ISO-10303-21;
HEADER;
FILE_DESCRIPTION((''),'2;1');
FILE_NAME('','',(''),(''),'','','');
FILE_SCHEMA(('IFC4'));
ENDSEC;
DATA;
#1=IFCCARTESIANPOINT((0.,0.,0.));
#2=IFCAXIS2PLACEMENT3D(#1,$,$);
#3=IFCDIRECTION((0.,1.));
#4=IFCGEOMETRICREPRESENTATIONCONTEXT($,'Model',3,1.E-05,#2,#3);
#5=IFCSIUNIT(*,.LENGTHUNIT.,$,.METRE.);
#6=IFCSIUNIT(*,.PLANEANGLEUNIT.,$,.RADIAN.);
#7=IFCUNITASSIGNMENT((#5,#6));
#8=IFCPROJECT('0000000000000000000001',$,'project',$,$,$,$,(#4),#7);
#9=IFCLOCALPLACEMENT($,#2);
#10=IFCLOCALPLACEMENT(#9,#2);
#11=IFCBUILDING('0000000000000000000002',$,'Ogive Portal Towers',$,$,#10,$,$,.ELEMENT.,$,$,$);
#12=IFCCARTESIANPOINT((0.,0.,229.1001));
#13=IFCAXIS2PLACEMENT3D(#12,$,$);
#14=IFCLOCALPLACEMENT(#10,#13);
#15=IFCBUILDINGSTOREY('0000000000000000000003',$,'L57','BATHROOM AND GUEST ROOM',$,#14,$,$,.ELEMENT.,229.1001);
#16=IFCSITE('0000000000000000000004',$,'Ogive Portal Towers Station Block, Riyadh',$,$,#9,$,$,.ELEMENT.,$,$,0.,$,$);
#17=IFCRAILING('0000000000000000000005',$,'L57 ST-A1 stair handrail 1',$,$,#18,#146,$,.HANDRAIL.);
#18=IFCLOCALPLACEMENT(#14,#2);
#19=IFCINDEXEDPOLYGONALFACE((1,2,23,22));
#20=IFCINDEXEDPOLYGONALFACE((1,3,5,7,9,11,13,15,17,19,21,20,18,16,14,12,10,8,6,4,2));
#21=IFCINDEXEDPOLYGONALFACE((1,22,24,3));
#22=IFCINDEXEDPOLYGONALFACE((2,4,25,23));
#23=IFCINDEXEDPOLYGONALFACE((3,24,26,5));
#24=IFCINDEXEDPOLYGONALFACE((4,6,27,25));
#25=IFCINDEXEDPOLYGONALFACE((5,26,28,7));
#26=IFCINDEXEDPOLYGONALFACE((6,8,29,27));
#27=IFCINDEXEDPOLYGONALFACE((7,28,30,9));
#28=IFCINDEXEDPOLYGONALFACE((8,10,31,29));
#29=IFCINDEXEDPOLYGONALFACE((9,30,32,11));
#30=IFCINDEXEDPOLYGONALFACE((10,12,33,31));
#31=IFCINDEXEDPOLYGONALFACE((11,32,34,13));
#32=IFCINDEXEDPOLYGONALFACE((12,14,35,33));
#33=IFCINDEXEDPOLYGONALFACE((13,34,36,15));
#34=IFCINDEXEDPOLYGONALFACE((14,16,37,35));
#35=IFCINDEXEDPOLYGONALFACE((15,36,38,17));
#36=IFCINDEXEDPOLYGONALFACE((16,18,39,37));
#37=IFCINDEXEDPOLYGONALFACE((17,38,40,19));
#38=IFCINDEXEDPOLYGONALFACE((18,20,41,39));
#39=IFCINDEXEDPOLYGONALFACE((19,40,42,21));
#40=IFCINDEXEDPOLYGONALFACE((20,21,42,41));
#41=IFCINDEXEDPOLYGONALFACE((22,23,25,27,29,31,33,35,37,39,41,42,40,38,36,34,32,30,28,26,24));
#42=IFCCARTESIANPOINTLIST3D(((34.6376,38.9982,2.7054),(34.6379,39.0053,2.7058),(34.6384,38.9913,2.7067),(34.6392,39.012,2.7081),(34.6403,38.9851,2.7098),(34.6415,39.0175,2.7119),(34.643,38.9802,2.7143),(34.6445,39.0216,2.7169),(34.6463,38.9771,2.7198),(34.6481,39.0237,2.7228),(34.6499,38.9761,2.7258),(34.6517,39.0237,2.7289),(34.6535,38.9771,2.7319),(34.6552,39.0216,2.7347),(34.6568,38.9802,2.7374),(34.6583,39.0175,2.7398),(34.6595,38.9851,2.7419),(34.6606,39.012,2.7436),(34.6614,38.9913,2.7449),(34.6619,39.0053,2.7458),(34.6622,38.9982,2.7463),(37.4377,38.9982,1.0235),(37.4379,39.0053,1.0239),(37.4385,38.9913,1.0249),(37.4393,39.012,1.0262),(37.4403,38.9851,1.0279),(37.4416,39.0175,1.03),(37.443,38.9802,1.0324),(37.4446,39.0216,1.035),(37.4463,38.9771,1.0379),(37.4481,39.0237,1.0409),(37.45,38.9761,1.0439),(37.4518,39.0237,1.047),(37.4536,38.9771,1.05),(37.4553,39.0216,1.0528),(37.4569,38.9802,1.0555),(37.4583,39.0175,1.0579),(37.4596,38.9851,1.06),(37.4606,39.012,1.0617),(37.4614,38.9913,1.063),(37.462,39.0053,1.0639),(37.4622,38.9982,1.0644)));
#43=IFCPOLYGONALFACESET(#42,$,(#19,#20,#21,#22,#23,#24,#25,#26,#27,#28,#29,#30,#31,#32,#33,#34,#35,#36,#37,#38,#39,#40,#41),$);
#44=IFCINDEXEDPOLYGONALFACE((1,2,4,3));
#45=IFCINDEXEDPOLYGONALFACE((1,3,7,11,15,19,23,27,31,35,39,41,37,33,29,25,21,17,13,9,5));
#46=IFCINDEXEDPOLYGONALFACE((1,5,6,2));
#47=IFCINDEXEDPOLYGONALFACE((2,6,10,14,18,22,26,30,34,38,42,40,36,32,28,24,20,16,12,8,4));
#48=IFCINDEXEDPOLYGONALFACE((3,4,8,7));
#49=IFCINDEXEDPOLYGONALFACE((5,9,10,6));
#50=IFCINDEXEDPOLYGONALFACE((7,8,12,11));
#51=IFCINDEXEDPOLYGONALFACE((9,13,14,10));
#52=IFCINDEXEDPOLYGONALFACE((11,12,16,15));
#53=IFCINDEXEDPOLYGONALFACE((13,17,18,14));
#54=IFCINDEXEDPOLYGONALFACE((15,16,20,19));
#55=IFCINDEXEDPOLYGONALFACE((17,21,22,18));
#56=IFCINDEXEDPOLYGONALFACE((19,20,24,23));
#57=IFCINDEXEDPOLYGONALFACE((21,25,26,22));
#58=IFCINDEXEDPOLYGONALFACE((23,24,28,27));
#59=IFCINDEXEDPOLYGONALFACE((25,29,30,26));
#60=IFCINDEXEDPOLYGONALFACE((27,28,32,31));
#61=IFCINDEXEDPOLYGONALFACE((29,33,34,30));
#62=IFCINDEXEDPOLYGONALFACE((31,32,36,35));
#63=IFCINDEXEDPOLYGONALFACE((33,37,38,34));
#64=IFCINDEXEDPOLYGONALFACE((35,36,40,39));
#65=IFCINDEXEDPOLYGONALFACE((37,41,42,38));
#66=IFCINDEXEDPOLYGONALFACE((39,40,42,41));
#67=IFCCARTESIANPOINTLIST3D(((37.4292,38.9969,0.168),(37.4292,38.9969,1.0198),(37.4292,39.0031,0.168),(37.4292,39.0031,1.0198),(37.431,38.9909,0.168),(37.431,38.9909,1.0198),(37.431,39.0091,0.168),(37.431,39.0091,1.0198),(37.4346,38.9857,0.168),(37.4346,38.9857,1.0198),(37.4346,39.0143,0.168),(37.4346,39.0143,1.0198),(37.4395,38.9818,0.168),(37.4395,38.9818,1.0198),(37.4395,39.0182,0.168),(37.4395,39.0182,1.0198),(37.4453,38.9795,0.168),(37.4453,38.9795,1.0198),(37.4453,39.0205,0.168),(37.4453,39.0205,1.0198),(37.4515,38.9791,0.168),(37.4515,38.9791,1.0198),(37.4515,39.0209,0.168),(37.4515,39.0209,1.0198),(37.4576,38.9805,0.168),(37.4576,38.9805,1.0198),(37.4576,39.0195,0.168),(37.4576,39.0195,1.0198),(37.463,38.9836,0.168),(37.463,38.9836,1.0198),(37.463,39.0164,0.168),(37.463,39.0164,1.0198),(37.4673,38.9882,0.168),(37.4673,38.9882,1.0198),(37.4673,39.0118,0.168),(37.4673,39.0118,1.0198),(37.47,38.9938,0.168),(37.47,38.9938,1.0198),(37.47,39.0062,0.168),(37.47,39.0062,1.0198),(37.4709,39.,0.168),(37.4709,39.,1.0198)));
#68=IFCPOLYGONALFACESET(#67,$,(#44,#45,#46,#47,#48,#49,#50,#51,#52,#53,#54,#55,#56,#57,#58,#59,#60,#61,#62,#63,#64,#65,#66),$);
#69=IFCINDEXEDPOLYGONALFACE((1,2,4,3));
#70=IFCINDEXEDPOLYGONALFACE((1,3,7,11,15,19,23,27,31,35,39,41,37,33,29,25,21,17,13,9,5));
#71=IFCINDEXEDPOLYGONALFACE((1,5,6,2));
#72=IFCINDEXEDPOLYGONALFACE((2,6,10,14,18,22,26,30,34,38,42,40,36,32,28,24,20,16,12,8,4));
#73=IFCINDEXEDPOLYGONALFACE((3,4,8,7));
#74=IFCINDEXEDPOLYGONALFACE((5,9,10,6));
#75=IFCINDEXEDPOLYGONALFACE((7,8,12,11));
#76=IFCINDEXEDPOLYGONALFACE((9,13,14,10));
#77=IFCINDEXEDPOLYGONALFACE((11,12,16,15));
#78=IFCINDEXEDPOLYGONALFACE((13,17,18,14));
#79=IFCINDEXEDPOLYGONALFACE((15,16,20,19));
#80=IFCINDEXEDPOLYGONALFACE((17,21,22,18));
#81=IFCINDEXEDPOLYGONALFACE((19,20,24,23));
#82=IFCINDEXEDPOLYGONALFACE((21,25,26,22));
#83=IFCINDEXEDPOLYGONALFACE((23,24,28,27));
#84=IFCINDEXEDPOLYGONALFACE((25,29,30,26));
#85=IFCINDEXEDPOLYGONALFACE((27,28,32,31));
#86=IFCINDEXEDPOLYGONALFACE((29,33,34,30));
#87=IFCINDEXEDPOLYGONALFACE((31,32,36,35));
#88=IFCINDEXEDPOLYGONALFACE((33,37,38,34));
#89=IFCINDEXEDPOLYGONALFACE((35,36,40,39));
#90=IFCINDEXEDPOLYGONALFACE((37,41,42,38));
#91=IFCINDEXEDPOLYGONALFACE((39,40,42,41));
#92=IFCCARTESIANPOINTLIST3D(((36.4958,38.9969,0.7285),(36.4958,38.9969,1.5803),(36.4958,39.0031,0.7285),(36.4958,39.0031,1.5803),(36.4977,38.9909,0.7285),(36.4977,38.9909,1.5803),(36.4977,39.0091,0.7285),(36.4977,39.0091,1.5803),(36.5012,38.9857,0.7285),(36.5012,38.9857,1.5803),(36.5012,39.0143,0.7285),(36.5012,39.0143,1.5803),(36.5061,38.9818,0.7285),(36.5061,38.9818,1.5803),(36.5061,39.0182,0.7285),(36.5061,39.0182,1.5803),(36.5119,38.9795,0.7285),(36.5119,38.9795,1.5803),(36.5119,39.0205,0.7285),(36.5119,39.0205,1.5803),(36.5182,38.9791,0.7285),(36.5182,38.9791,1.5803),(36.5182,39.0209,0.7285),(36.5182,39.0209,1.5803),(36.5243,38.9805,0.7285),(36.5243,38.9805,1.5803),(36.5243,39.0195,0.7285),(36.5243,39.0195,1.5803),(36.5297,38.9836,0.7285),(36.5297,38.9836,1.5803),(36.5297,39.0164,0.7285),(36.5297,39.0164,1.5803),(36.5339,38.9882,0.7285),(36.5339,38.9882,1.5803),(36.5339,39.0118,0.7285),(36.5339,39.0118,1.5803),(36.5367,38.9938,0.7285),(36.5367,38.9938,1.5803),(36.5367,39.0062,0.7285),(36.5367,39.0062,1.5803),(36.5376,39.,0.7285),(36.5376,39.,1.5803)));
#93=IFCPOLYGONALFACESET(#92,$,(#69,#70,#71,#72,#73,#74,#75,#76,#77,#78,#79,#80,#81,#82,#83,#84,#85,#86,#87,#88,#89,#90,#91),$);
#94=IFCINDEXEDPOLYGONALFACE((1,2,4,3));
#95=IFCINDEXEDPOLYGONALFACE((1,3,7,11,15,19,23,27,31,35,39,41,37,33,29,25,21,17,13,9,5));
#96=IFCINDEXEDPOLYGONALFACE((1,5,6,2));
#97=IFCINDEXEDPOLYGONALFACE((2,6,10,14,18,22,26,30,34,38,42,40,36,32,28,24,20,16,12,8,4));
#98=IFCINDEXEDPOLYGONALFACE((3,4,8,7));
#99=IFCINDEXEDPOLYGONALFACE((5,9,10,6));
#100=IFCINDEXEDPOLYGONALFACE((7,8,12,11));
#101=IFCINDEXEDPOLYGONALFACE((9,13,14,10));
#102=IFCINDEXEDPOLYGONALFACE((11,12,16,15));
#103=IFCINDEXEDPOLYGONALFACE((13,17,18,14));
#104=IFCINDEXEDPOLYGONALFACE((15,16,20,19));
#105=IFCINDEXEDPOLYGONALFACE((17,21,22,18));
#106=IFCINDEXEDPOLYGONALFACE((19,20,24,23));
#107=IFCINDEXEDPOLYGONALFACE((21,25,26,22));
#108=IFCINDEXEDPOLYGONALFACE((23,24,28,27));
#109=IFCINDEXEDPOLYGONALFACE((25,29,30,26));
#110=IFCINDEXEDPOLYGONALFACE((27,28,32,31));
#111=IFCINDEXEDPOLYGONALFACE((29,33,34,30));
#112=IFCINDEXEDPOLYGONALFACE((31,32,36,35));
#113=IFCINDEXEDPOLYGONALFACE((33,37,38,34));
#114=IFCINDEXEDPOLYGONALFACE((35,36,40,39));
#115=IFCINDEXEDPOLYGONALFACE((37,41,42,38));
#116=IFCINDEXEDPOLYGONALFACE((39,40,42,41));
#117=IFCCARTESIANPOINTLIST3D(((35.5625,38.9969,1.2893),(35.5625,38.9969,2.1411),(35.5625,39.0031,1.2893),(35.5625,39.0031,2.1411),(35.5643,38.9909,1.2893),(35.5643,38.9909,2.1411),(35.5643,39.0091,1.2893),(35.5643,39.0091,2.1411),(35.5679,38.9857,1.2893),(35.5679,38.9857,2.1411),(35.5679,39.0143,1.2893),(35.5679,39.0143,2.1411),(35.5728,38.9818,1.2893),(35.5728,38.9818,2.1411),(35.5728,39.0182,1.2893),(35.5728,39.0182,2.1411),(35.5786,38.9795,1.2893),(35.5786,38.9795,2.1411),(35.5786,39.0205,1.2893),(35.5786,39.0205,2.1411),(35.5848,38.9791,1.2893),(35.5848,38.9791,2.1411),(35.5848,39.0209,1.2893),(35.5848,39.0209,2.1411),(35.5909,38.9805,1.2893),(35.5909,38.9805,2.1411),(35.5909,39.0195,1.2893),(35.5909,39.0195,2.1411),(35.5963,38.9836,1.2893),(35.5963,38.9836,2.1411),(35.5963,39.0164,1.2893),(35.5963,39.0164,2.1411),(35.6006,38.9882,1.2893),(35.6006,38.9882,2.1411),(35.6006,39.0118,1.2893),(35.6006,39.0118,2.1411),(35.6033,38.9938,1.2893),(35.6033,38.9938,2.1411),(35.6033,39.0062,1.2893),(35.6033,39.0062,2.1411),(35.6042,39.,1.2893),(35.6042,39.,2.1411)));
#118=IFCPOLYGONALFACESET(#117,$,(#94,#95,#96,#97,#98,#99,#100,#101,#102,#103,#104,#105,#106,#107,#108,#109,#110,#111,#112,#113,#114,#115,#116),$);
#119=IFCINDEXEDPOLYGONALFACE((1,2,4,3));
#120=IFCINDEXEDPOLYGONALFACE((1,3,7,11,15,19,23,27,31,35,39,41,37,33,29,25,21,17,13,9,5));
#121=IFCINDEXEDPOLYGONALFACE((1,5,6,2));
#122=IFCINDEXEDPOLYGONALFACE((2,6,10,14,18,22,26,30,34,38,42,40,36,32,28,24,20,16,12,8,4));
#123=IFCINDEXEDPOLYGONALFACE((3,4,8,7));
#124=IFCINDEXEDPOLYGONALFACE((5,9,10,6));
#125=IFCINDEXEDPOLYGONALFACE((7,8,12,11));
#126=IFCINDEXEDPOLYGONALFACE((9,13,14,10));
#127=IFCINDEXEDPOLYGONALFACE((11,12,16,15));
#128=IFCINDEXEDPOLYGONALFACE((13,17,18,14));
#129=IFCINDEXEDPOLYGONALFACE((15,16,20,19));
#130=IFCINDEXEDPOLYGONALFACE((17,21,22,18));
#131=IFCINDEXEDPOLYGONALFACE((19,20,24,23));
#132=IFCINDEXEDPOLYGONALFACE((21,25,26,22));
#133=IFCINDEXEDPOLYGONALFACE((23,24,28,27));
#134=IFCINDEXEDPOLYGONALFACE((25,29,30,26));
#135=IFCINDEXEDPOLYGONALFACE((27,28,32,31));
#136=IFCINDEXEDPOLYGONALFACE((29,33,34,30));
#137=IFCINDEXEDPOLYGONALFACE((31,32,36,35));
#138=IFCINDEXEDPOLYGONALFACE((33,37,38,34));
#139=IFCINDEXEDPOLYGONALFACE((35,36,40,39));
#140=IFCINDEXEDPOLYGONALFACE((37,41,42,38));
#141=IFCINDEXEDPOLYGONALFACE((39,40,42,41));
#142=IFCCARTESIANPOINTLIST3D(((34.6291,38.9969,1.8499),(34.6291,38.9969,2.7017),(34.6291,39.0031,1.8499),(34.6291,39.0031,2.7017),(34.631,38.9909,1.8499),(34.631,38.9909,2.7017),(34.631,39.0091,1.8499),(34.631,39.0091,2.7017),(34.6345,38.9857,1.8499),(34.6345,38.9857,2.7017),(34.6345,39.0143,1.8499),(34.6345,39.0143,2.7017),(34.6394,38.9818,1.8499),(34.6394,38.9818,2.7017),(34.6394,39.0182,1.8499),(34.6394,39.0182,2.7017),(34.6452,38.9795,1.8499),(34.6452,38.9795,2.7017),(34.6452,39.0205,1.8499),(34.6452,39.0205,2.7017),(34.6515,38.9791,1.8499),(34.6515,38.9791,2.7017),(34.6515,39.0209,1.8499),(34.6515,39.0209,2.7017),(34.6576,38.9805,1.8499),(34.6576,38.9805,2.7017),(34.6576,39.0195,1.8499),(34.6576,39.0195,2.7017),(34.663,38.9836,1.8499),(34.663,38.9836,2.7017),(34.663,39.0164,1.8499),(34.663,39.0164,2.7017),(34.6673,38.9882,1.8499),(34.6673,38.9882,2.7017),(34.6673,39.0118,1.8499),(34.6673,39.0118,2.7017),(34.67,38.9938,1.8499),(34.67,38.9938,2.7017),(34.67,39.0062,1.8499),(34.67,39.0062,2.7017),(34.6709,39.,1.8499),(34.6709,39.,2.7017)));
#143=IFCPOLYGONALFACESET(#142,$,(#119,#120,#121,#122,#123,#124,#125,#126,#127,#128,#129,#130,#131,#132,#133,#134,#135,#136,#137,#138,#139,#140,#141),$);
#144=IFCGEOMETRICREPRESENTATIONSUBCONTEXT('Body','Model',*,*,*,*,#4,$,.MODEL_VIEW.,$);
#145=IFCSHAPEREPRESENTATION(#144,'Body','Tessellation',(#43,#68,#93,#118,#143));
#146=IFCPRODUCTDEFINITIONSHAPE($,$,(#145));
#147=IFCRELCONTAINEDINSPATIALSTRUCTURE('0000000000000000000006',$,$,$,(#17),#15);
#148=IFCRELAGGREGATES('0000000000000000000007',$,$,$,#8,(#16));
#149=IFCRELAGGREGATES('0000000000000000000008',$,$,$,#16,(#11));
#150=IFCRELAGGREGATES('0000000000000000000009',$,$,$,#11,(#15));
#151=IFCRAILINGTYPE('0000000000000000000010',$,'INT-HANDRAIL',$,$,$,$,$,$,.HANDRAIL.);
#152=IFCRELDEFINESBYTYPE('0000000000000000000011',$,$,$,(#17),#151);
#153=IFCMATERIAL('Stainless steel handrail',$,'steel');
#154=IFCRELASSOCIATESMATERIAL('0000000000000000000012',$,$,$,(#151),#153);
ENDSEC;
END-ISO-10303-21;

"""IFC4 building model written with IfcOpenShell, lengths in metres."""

from ifc_helpers import new_model, si_unit, direction, frame, origin, origin_2d, place, context, subcontext, project, spatial, circle, extrude, material, type_object, element, save


model = new_model("IFC4")

# Units and contexts
model_context = context("Model", 3, precision=1e-05, world=origin(), true_north=direction((0.0, 1.0)))
body_context = subcontext(model_context, "Body", "Model", "MODEL_VIEW")
ifc_project = project(units=[si_unit("LENGTHUNIT", "METRE"), si_unit("PLANEANGLEUNIT", "RADIAN")], contexts=[model_context])

# Site, building, storey
site_placement = place(None, origin())
site = spatial("IfcSite", under=ifc_project, at=site_placement, Name="Ogive Portal Towers Station Block, Riyadh", CompositionType="ELEMENT", RefElevation=0.0)
building_placement = place(site_placement, origin())
building = spatial("IfcBuilding", under=site, at=building_placement, Name="Ogive Portal Towers", CompositionType="ELEMENT")
storey_placement = place(building_placement, frame((0.0, 0.0, 229.1001)))
storey = spatial("IfcBuildingStorey", under=building, at=storey_placement, Name="L57", Description="BATHROOM AND GUEST ROOM", CompositionType="ELEMENT", Elevation=229.1001)

# Railing
ifc_material_1 = material(Name="Stainless steel handrail", Category="steel")
railing_type_1 = type_object("IfcRailingType", Name="INT-HANDRAIL", PredefinedType="HANDRAIL", material=ifc_material_1)
railing_1_placement = place(storey_placement, frame((37.45, 39.0, 0.168)))
element("IfcRailing", 1, at=railing_1_placement, inside=storey, type_object=railing_type_1, Name="L57 ST-A1 stair handrail 1", PredefinedType="HANDRAIL", context=body_context, shape_type="SweptSolid", body=[
    extrude(circle(Radius=0.0239, at=origin_2d()), frame((0.0, 0.0, 0.876), z_axis=(-0.857242, 0.0, 0.514913), x_axis=(0.0, -1.0, 0.0)), (0.0, 0.0, 1.0), 3.2664),
    extrude(circle(Radius=0.021, at=origin_2d()), origin(), (0.0, 0.0, 1.0), 0.8518),
    extrude(circle(Radius=0.021, at=origin_2d()), frame((-0.9333, 0.0, 0.5605)), (0.0, 0.0, 1.0), 0.8518),
    extrude(circle(Radius=0.021, at=origin_2d()), frame((-1.8667, 0.0, 1.1213)), (0.0, 0.0, 1.0), 0.8518),
    extrude(circle(Radius=0.021, at=origin_2d()), frame((-2.8, 0.0, 1.6819)), (0.0, 0.0, 1.0), 0.8518),
])

save(model, "model.ifc")
